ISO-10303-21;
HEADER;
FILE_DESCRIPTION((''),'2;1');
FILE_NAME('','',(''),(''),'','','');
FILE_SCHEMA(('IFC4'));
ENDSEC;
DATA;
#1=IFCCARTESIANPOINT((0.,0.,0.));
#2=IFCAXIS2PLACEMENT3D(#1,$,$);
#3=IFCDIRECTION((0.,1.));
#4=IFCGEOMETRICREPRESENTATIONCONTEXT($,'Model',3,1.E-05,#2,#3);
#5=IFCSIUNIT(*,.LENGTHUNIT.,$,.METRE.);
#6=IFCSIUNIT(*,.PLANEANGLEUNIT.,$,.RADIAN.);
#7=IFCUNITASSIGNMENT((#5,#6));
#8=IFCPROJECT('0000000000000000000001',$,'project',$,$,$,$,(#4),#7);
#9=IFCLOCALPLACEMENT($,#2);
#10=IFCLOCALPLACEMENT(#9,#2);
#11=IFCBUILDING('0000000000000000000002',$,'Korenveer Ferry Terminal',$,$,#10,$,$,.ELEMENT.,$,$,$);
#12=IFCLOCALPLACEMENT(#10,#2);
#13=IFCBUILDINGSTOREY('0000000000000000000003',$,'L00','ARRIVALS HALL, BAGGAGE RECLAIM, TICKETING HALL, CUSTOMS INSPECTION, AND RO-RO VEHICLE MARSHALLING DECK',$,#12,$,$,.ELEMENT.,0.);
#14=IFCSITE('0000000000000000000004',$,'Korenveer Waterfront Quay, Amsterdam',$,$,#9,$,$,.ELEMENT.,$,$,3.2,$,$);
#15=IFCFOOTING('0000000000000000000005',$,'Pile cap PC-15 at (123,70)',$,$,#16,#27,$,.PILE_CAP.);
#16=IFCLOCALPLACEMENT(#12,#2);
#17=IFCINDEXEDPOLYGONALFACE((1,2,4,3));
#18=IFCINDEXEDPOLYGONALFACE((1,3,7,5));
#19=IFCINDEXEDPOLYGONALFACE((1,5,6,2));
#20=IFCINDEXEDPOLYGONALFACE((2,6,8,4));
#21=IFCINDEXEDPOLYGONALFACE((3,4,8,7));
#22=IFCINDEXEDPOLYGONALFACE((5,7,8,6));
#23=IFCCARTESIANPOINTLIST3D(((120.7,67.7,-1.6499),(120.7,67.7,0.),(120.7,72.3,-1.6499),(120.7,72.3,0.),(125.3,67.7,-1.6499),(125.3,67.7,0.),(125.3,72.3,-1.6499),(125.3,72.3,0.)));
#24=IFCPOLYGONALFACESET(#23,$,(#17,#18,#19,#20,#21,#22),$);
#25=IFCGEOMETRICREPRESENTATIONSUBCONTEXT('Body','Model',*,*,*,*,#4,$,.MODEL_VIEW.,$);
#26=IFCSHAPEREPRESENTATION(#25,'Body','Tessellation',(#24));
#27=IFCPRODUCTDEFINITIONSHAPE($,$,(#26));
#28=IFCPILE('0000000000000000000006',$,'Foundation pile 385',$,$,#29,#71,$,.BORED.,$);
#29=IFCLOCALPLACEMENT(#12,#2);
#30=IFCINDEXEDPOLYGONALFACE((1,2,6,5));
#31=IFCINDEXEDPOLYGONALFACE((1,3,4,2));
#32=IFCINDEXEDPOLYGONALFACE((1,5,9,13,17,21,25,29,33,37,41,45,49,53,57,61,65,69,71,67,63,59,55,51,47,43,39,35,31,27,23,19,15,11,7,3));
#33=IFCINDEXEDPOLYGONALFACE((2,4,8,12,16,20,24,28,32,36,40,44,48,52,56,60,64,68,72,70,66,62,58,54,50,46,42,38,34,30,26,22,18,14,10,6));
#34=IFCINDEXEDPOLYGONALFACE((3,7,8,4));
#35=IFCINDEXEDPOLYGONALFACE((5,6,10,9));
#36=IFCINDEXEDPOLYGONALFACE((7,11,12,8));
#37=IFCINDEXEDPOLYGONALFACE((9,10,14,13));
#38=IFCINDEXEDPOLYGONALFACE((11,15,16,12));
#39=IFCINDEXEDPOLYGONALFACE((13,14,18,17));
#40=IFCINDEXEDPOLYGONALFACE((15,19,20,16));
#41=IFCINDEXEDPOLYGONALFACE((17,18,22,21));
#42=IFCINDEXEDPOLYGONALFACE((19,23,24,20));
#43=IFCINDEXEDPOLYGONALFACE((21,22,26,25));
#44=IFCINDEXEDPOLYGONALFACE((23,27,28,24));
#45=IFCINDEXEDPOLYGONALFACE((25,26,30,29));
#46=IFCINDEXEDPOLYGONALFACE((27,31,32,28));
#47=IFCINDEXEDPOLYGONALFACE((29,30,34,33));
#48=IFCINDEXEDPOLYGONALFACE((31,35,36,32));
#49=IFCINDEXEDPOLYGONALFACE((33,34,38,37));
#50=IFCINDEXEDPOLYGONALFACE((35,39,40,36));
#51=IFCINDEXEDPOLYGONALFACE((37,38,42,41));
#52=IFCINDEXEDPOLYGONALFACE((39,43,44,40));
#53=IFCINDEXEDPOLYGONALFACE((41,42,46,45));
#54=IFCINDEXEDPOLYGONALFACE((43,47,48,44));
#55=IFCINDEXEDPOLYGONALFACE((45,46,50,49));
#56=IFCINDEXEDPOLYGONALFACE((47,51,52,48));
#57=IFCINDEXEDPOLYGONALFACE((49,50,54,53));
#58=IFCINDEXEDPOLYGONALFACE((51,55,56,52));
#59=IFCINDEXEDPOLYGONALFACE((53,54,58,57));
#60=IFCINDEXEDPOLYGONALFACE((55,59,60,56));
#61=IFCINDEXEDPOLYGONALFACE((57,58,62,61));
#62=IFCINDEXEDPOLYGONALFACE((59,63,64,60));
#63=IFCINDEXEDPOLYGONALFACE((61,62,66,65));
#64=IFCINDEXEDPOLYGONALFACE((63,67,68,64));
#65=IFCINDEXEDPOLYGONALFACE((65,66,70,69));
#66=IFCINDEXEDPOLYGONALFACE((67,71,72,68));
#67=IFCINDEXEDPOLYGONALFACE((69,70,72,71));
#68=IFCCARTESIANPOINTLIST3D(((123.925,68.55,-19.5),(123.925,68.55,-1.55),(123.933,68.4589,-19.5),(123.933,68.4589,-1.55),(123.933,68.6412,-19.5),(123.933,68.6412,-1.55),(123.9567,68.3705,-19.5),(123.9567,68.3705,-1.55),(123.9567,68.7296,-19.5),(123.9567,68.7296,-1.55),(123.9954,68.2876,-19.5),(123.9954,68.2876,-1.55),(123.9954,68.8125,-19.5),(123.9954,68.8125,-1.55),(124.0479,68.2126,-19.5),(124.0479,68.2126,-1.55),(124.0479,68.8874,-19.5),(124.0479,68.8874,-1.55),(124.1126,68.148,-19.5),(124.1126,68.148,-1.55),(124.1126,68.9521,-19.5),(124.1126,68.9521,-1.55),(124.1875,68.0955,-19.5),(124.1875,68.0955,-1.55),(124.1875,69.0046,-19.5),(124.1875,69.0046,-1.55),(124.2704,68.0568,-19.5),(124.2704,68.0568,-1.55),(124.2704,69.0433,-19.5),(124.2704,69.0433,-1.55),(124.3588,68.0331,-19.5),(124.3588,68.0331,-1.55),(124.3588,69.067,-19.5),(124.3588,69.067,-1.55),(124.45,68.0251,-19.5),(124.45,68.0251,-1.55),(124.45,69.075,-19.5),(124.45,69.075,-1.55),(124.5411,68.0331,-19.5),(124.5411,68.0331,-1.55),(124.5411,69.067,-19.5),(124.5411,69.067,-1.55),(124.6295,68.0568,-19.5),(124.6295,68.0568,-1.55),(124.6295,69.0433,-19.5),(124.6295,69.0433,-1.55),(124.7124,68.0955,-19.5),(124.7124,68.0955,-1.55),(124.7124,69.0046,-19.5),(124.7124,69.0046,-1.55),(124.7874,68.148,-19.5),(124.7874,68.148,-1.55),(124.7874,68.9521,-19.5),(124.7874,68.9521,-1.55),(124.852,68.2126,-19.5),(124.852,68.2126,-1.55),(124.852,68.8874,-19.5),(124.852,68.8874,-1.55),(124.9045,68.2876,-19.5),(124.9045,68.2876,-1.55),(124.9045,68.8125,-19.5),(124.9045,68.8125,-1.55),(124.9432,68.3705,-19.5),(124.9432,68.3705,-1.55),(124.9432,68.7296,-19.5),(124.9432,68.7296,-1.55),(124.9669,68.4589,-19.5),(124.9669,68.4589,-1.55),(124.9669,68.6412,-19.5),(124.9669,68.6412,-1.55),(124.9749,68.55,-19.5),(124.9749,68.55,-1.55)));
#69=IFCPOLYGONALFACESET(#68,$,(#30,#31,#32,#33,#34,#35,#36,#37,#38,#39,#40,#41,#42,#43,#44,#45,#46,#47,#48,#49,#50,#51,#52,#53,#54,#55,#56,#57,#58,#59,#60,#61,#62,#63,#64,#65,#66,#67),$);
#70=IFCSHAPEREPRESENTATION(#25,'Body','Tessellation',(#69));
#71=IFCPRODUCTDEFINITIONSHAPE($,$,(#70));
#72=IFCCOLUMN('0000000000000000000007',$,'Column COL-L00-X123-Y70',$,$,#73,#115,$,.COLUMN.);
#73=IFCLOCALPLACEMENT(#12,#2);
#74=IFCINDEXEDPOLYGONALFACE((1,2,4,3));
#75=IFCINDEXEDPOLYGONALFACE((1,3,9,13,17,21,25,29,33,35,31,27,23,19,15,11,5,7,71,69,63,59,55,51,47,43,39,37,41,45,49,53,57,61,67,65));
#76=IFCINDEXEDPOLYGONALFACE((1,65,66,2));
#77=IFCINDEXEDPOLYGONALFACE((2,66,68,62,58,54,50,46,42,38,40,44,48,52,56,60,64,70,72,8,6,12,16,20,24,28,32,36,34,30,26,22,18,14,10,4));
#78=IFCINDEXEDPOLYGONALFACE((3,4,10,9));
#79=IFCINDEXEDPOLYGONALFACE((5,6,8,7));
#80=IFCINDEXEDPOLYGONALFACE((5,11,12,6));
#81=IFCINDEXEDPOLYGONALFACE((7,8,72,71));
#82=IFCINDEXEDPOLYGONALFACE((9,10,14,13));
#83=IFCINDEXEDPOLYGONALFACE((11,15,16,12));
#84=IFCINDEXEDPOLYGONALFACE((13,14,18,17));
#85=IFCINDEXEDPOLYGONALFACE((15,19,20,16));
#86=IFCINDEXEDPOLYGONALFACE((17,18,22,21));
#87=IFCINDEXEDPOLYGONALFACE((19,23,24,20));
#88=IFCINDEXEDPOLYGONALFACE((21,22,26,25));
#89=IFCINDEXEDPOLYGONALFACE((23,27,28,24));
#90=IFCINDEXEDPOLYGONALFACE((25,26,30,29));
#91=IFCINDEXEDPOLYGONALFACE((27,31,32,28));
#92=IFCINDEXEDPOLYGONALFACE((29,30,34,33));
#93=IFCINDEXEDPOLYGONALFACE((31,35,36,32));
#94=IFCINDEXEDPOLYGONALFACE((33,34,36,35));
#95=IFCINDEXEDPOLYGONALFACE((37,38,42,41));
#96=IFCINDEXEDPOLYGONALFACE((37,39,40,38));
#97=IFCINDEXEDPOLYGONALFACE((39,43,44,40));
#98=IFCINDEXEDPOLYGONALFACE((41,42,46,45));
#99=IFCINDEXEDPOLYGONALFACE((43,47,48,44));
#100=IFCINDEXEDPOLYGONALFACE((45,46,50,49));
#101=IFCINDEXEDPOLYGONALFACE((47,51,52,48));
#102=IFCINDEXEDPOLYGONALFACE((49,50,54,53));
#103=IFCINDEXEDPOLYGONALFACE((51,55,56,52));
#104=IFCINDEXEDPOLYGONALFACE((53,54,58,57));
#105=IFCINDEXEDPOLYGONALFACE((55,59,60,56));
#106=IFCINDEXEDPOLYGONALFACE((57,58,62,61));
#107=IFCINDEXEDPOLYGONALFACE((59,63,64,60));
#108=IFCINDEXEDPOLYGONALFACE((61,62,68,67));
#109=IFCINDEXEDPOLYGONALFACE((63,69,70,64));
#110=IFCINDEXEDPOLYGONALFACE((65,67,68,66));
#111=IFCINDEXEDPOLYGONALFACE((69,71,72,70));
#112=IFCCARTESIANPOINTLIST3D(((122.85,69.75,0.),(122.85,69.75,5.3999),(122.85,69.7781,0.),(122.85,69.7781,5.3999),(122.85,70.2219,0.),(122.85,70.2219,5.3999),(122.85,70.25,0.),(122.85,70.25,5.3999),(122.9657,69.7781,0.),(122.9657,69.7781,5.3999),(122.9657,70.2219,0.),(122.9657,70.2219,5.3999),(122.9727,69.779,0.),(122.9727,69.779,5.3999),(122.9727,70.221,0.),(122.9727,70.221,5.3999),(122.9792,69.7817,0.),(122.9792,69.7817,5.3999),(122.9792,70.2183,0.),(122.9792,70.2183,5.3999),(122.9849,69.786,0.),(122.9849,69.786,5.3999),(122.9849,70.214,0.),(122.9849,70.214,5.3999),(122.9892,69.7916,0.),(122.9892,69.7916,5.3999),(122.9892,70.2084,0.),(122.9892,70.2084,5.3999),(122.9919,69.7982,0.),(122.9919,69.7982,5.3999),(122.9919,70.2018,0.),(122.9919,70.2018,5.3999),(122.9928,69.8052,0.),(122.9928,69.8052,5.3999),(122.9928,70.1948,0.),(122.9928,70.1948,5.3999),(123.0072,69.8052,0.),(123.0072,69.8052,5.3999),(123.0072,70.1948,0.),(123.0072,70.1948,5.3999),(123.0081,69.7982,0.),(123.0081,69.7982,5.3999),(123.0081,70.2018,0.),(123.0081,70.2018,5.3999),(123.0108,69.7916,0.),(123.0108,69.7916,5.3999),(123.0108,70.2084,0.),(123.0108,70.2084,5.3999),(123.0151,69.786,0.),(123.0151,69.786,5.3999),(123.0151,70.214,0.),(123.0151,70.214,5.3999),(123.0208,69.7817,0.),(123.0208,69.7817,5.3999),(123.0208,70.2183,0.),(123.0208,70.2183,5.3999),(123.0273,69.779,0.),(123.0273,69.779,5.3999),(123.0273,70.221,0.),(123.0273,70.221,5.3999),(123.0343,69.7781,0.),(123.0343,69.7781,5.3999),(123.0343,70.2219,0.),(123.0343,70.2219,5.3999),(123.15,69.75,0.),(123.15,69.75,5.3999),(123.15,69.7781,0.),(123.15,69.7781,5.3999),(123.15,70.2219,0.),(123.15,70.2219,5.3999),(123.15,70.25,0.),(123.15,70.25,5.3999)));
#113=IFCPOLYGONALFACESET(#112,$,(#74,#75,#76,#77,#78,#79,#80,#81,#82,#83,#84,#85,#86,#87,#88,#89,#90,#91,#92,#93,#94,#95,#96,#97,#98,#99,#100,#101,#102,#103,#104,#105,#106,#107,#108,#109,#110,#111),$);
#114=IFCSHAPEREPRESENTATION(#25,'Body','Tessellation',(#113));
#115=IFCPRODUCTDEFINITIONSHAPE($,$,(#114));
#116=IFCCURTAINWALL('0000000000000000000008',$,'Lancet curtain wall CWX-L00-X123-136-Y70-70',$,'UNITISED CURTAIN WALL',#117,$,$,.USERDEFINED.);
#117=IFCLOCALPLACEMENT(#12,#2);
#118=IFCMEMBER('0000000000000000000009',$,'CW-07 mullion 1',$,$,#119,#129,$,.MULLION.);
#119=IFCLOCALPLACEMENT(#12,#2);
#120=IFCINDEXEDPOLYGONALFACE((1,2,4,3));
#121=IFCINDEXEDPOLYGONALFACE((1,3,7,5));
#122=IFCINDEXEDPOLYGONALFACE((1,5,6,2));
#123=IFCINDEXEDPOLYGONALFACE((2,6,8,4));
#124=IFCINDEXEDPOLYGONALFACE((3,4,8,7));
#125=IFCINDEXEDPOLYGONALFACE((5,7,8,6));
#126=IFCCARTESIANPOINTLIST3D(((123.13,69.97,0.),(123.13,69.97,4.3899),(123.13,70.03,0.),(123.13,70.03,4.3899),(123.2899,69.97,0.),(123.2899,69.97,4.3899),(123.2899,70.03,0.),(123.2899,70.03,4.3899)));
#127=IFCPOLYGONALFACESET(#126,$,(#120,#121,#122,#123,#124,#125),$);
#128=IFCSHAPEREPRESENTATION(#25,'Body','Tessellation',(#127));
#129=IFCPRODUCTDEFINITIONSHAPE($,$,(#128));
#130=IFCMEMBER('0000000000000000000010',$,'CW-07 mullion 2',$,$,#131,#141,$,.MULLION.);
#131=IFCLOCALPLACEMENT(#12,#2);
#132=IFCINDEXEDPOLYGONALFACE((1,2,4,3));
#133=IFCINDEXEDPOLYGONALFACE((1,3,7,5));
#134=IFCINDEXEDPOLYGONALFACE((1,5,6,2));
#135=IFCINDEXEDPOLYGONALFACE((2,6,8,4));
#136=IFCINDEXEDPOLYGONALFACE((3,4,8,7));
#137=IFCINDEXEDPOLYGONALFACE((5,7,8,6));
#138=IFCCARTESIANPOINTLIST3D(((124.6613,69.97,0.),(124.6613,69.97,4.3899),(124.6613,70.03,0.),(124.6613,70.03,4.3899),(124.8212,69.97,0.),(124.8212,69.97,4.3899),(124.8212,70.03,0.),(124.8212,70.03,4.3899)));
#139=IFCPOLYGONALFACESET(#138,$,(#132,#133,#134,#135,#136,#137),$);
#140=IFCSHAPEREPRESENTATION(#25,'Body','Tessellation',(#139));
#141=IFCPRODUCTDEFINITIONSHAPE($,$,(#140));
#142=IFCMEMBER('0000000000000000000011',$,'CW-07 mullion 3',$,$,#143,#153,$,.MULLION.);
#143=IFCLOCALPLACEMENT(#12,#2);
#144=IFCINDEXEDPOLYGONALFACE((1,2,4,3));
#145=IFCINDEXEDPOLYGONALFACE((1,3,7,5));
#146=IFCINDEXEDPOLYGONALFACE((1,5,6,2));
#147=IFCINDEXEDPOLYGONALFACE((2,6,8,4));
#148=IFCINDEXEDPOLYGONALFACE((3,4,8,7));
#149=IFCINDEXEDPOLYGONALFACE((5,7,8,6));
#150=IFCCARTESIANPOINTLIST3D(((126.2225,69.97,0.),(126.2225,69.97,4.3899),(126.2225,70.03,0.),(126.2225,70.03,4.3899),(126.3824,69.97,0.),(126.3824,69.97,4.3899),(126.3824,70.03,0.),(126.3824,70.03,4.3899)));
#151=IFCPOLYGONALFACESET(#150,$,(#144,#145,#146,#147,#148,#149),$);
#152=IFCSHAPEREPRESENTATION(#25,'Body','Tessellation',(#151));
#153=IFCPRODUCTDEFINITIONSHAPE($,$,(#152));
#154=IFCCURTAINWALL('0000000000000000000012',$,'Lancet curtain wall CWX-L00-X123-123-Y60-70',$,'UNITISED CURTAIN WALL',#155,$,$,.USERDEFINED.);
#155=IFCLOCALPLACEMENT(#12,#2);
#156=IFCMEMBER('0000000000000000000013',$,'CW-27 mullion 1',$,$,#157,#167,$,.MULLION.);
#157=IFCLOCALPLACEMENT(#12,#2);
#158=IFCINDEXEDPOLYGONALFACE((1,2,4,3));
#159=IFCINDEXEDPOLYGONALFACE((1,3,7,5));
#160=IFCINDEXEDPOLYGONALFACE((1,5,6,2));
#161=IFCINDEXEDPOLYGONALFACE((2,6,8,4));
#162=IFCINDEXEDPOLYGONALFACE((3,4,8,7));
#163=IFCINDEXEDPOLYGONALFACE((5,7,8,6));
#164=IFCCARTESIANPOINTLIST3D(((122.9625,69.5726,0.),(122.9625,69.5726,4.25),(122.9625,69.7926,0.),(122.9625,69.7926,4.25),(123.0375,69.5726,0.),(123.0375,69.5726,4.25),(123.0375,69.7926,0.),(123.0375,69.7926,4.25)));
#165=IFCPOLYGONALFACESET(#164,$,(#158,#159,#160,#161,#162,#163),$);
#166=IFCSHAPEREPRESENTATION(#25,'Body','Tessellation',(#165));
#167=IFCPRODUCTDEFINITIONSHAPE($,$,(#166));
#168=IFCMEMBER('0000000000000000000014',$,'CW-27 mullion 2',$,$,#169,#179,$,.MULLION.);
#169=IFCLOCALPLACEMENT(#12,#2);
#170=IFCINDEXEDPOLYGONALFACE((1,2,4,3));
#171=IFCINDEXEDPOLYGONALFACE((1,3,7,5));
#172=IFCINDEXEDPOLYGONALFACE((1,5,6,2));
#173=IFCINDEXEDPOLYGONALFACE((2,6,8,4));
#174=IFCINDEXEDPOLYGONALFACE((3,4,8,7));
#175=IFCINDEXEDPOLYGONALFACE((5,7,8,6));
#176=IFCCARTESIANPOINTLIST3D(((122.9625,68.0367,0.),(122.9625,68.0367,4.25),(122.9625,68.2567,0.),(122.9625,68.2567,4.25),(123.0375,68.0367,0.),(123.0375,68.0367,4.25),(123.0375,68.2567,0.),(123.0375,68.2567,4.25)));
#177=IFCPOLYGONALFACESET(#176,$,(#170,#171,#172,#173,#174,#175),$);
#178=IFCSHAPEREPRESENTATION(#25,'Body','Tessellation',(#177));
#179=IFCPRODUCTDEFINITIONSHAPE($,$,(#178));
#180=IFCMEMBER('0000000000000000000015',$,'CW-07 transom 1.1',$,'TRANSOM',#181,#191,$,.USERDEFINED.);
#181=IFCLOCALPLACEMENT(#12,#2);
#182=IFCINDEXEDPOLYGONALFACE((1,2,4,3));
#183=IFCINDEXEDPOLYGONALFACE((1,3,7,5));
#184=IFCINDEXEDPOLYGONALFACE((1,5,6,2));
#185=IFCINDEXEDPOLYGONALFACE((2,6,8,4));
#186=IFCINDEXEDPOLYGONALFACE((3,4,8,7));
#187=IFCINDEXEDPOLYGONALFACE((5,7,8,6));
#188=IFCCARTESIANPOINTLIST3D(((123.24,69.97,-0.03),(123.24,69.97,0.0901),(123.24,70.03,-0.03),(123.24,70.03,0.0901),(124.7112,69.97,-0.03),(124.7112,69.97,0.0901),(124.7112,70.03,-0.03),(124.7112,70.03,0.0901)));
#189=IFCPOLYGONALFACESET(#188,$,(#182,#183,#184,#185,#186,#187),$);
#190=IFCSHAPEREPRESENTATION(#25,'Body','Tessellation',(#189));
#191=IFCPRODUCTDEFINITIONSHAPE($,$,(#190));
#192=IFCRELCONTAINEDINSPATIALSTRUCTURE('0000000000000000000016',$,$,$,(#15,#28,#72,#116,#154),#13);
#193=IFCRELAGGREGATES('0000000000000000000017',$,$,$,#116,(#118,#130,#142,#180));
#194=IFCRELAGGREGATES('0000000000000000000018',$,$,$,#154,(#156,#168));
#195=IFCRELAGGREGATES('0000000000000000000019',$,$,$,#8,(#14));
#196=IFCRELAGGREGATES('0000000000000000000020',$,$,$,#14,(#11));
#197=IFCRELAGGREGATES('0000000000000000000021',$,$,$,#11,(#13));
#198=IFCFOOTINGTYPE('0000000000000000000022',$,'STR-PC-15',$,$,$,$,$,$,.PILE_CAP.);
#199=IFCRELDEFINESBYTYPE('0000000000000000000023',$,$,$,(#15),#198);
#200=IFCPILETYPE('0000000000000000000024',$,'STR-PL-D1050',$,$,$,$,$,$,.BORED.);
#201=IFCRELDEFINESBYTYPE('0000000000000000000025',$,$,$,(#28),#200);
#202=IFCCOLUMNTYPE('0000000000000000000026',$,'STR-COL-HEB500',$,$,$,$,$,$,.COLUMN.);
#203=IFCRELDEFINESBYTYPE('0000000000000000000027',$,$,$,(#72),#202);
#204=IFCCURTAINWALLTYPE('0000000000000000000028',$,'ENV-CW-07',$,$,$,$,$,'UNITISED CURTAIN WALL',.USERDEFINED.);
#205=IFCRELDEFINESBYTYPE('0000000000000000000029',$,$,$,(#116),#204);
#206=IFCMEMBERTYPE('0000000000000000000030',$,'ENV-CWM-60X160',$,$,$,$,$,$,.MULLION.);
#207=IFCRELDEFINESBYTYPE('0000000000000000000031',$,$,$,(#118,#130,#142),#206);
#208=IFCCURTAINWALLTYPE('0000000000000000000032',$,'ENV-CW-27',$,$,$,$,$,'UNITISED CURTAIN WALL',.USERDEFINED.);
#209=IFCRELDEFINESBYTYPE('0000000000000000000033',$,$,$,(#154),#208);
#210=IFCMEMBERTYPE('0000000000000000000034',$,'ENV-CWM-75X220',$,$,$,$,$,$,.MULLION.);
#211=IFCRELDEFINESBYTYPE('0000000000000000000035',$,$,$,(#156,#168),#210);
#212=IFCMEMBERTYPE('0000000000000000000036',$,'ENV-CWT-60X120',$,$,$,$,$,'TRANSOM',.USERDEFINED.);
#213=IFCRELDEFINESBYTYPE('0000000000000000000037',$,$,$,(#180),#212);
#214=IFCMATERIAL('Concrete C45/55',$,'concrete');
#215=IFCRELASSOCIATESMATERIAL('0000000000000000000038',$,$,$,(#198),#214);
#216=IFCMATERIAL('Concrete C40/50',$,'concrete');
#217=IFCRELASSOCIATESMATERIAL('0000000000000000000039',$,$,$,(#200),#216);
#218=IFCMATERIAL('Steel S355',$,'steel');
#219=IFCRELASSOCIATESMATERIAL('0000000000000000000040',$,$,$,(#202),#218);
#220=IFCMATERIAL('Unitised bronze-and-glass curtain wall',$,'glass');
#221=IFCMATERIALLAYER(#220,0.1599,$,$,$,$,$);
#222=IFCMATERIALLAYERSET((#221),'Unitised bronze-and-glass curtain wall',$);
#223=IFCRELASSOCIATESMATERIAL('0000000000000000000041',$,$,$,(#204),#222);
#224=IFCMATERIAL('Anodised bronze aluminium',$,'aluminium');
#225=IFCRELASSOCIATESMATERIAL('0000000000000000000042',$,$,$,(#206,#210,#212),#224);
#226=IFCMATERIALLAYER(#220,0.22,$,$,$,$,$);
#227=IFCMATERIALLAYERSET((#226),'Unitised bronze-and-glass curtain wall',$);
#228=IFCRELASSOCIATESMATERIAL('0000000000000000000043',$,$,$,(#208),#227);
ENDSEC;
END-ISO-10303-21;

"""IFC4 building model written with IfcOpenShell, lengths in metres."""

from ifc_helpers import new_model, si_unit, direction, frame, origin, origin_2d, place, context, subcontext, project, spatial, rectangle, circle, i_section, extrude, material, layer, layer_set, material_profile, profile_set, type_object, element, aggregate, save


model = new_model("IFC4")

# Units and contexts
model_context = context("Model", 3, precision=1e-05, world=origin(), true_north=direction((0.0, 1.0)))
body_context = subcontext(model_context, "Body", "Model", "MODEL_VIEW")
ifc_project = project(units=[si_unit("LENGTHUNIT", "METRE"), si_unit("PLANEANGLEUNIT", "RADIAN")], contexts=[model_context])

# Site, building, storey
site_placement = place(None, origin())
site = spatial("IfcSite", under=ifc_project, at=site_placement, Name="Korenveer Waterfront Quay, Amsterdam", CompositionType="ELEMENT", RefElevation=3.2)
building_placement = place(site_placement, origin())
building = spatial("IfcBuilding", under=site, at=building_placement, Name="Korenveer Ferry Terminal", CompositionType="ELEMENT")
storey_placement = place(building_placement, origin())
storey = spatial("IfcBuildingStorey", under=building, at=storey_placement, Name="L00", Description="ARRIVALS HALL, BAGGAGE RECLAIM, TICKETING HALL, CUSTOMS INSPECTION, AND RO-RO VEHICLE MARSHALLING DECK", CompositionType="ELEMENT", Elevation=0.0)

# Footing
ifc_material_1 = material(Name="Concrete C45/55", Category="concrete")
footing_type = type_object("IfcFootingType", Name="STR-PC-15", PredefinedType="PILE_CAP", material=ifc_material_1)
footing_placement = place(storey_placement, frame((123.0, 70.0, -1.6499), z_axis=(0.0, 0.0, 1.0), x_axis=(1.0, 0.0, 0.0)))
element("IfcFooting", 1, at=footing_placement, inside=storey, type_object=footing_type, Name="Pile cap PC-15 at (123,70)", PredefinedType="PILE_CAP", context=body_context, shape_type="SweptSolid", body=[
    extrude(rectangle(XDim=4.6001, YDim=4.6001, at=origin_2d()), origin(), (0.0, 0.0, 1.0), 1.6499),
])

# Pile
ifc_material_2 = material(Name="Concrete C40/50", Category="concrete")
ifc_material_profile_1 = material_profile(ifc_material_2, circle(Radius=0.5249, at=origin_2d()), Name="PILE D1050")
ifc_profile_set_1 = profile_set([ifc_material_profile_1], Name="Concrete C40/50")
pile_type = type_object("IfcPileType", Name="STR-PL-D1050", PredefinedType="BORED", material=ifc_profile_set_1)
pile_placement = place(storey_placement, frame((124.45, 68.55, -1.55), z_axis=(0.0, 0.0, -1.0), x_axis=(1.0, 0.0, 0.0)))
element("IfcPile", 2, at=pile_placement, inside=storey, type_object=pile_type, Name="Foundation pile 385", PredefinedType="BORED", context=body_context, shape_type="SweptSolid", body=[
    extrude(circle(Radius=0.5249, at=origin_2d()), origin(), (0.0, 0.0, 1.0), 17.95),
])

# Column
ifc_material_3 = material(Name="Steel S355", Category="steel")
ifc_material_profile_2 = material_profile(ifc_material_3, i_section(OverallWidth=0.3, OverallDepth=0.5, WebThickness=0.0144, FlangeThickness=0.0281, FilletRadius=0.0271, at=origin_2d()), Name="HEB 500")
ifc_profile_set_2 = profile_set([ifc_material_profile_2], Name="Steel S355")
column_type = type_object("IfcColumnType", Name="STR-COL-HEB500", PredefinedType="COLUMN", material=ifc_profile_set_2)
column_placement = place(storey_placement, frame((123.0, 70.0, 0.0), z_axis=(0.0, 0.0, 1.0), x_axis=(1.0, 0.0, 0.0)))
element("IfcColumn", 3, at=column_placement, inside=storey, type_object=column_type, Name="Column COL-L00-X123-Y70", PredefinedType="COLUMN", context=body_context, shape_type="SweptSolid", body=[
    extrude(i_section(OverallWidth=0.3, OverallDepth=0.5, WebThickness=0.0144, FlangeThickness=0.0281, FilletRadius=0.0271, at=origin_2d()), origin(), (0.0, 0.0, 1.0), 5.3999),
])

# Curtain walls, members
ifc_material_4 = material(Name="Unitised bronze-and-glass curtain wall", Category="glass")
ifc_layer_1 = layer(ifc_material_4, 0.1599)
ifc_layer_set_1 = layer_set([ifc_layer_1], Name="Unitised bronze-and-glass curtain wall")
curtain_wall_type_1 = type_object("IfcCurtainWallType", Name="ENV-CW-07", ElementType="UNITISED CURTAIN WALL", PredefinedType="USERDEFINED", material=ifc_layer_set_1)
curtain_wall_1_placement = place(storey_placement, frame((123.1799, 70.0, 0.0)))
curtain_wall_1 = element("IfcCurtainWall", 4, at=curtain_wall_1_placement, inside=storey, type_object=curtain_wall_type_1, Name="Lancet curtain wall CWX-L00-X123-136-Y70-70", ObjectType="UNITISED CURTAIN WALL", PredefinedType="USERDEFINED")
ifc_material_5 = material(Name="Anodised bronze aluminium", Category="aluminium")
ifc_material_profile_3 = material_profile(ifc_material_5, rectangle(XDim=0.0601, YDim=0.1599, at=origin_2d()), Name="ALU 60x160")
ifc_profile_set_3 = profile_set([ifc_material_profile_3], Name="Anodised bronze aluminium")
member_type_1 = type_object("IfcMemberType", Name="ENV-CWM-60X160", PredefinedType="MULLION", material=ifc_profile_set_3)
member_1_placement = place(storey_placement, frame((123.21, 70.0, 0.0), z_axis=(0.0, 0.0, 1.0), x_axis=(0.0, 1.0, 0.0)))
member_1 = element("IfcMember", 5, at=member_1_placement, type_object=member_type_1, Name="CW-07 mullion 1", PredefinedType="MULLION", context=body_context, shape_type="SweptSolid", body=[
    extrude(rectangle(XDim=0.0601, YDim=0.1599, at=origin_2d()), origin(), (0.0, 0.0, 1.0), 4.3899),
])
member_2_placement = place(storey_placement, frame((124.7412, 70.0, 0.0), z_axis=(0.0, 0.0, 1.0), x_axis=(0.0, 1.0, 0.0)))
member_2 = element("IfcMember", 6, at=member_2_placement, type_object=member_type_1, Name="CW-07 mullion 2", PredefinedType="MULLION", context=body_context, shape_type="SweptSolid", body=[
    extrude(rectangle(XDim=0.0601, YDim=0.1599, at=origin_2d()), origin(), (0.0, 0.0, 1.0), 4.3899),
])
member_3_placement = place(storey_placement, frame((126.3025, 70.0, 0.0), z_axis=(0.0, 0.0, 1.0), x_axis=(0.0, 1.0, 0.0)))
member_3 = element("IfcMember", 7, at=member_3_placement, type_object=member_type_1, Name="CW-07 mullion 3", PredefinedType="MULLION", context=body_context, shape_type="SweptSolid", body=[
    extrude(rectangle(XDim=0.0601, YDim=0.1599, at=origin_2d()), origin(), (0.0, 0.0, 1.0), 4.3899),
])
ifc_layer_2 = layer(ifc_material_4, 0.22)
ifc_layer_set_2 = layer_set([ifc_layer_2], Name="Unitised bronze-and-glass curtain wall")
curtain_wall_type_2 = type_object("IfcCurtainWallType", Name="ENV-CW-27", ElementType="UNITISED CURTAIN WALL", PredefinedType="USERDEFINED", material=ifc_layer_set_2)
curtain_wall_2_placement = place(storey_placement, frame((123.0, 69.72, 0.0)))
curtain_wall_2 = element("IfcCurtainWall", 8, at=curtain_wall_2_placement, inside=storey, type_object=curtain_wall_type_2, Name="Lancet curtain wall CWX-L00-X123-123-Y60-70", ObjectType="UNITISED CURTAIN WALL", PredefinedType="USERDEFINED")
ifc_material_profile_4 = material_profile(ifc_material_5, rectangle(XDim=0.075, YDim=0.22, at=origin_2d()), Name="ALU 75x220")
ifc_profile_set_4 = profile_set([ifc_material_profile_4], Name="Anodised bronze aluminium")
member_type_2 = type_object("IfcMemberType", Name="ENV-CWM-75X220", PredefinedType="MULLION", material=ifc_profile_set_4)
member_4_placement = place(storey_placement, frame((123.0, 69.6826, 0.0), z_axis=(0.0, 0.0, 1.0), x_axis=(1.0, 0.0, 0.0)))
member_4 = element("IfcMember", 9, at=member_4_placement, type_object=member_type_2, Name="CW-27 mullion 1", PredefinedType="MULLION", context=body_context, shape_type="SweptSolid", body=[
    extrude(rectangle(XDim=0.075, YDim=0.22, at=origin_2d()), origin(), (0.0, 0.0, 1.0), 4.25),
])
member_5_placement = place(storey_placement, frame((123.0, 68.1467, 0.0), z_axis=(0.0, 0.0, 1.0), x_axis=(1.0, 0.0, 0.0)))
member_5 = element("IfcMember", 10, at=member_5_placement, type_object=member_type_2, Name="CW-27 mullion 2", PredefinedType="MULLION", context=body_context, shape_type="SweptSolid", body=[
    extrude(rectangle(XDim=0.075, YDim=0.22, at=origin_2d()), origin(), (0.0, 0.0, 1.0), 4.25),
])

# Member
ifc_material_profile_5 = material_profile(ifc_material_5, rectangle(XDim=0.0601, YDim=0.1201, at=origin_2d()), Name="ALU 60x120")
ifc_profile_set_5 = profile_set([ifc_material_profile_5], Name="Anodised bronze aluminium")
member_type_3 = type_object("IfcMemberType", Name="ENV-CWT-60X120", ElementType="TRANSOM", PredefinedType="USERDEFINED", material=ifc_profile_set_5)
member_6_placement = place(storey_placement, frame((123.24, 70.0, 0.03), z_axis=(1.0, 0.0, 0.0), x_axis=(0.0, 1.0, 0.0)))
member_6 = element("IfcMember", 11, at=member_6_placement, type_object=member_type_3, Name="CW-07 transom 1.1", ObjectType="TRANSOM", PredefinedType="USERDEFINED", context=body_context, shape_type="SweptSolid", body=[
    extrude(rectangle(XDim=0.0601, YDim=0.1201, at=origin_2d()), origin(), (0.0, 0.0, 1.0), 1.4712),
])

aggregate(curtain_wall_1, [member_1, member_2, member_3, member_6])
aggregate(curtain_wall_2, [member_4, member_5])

save(model, "model.ifc")
